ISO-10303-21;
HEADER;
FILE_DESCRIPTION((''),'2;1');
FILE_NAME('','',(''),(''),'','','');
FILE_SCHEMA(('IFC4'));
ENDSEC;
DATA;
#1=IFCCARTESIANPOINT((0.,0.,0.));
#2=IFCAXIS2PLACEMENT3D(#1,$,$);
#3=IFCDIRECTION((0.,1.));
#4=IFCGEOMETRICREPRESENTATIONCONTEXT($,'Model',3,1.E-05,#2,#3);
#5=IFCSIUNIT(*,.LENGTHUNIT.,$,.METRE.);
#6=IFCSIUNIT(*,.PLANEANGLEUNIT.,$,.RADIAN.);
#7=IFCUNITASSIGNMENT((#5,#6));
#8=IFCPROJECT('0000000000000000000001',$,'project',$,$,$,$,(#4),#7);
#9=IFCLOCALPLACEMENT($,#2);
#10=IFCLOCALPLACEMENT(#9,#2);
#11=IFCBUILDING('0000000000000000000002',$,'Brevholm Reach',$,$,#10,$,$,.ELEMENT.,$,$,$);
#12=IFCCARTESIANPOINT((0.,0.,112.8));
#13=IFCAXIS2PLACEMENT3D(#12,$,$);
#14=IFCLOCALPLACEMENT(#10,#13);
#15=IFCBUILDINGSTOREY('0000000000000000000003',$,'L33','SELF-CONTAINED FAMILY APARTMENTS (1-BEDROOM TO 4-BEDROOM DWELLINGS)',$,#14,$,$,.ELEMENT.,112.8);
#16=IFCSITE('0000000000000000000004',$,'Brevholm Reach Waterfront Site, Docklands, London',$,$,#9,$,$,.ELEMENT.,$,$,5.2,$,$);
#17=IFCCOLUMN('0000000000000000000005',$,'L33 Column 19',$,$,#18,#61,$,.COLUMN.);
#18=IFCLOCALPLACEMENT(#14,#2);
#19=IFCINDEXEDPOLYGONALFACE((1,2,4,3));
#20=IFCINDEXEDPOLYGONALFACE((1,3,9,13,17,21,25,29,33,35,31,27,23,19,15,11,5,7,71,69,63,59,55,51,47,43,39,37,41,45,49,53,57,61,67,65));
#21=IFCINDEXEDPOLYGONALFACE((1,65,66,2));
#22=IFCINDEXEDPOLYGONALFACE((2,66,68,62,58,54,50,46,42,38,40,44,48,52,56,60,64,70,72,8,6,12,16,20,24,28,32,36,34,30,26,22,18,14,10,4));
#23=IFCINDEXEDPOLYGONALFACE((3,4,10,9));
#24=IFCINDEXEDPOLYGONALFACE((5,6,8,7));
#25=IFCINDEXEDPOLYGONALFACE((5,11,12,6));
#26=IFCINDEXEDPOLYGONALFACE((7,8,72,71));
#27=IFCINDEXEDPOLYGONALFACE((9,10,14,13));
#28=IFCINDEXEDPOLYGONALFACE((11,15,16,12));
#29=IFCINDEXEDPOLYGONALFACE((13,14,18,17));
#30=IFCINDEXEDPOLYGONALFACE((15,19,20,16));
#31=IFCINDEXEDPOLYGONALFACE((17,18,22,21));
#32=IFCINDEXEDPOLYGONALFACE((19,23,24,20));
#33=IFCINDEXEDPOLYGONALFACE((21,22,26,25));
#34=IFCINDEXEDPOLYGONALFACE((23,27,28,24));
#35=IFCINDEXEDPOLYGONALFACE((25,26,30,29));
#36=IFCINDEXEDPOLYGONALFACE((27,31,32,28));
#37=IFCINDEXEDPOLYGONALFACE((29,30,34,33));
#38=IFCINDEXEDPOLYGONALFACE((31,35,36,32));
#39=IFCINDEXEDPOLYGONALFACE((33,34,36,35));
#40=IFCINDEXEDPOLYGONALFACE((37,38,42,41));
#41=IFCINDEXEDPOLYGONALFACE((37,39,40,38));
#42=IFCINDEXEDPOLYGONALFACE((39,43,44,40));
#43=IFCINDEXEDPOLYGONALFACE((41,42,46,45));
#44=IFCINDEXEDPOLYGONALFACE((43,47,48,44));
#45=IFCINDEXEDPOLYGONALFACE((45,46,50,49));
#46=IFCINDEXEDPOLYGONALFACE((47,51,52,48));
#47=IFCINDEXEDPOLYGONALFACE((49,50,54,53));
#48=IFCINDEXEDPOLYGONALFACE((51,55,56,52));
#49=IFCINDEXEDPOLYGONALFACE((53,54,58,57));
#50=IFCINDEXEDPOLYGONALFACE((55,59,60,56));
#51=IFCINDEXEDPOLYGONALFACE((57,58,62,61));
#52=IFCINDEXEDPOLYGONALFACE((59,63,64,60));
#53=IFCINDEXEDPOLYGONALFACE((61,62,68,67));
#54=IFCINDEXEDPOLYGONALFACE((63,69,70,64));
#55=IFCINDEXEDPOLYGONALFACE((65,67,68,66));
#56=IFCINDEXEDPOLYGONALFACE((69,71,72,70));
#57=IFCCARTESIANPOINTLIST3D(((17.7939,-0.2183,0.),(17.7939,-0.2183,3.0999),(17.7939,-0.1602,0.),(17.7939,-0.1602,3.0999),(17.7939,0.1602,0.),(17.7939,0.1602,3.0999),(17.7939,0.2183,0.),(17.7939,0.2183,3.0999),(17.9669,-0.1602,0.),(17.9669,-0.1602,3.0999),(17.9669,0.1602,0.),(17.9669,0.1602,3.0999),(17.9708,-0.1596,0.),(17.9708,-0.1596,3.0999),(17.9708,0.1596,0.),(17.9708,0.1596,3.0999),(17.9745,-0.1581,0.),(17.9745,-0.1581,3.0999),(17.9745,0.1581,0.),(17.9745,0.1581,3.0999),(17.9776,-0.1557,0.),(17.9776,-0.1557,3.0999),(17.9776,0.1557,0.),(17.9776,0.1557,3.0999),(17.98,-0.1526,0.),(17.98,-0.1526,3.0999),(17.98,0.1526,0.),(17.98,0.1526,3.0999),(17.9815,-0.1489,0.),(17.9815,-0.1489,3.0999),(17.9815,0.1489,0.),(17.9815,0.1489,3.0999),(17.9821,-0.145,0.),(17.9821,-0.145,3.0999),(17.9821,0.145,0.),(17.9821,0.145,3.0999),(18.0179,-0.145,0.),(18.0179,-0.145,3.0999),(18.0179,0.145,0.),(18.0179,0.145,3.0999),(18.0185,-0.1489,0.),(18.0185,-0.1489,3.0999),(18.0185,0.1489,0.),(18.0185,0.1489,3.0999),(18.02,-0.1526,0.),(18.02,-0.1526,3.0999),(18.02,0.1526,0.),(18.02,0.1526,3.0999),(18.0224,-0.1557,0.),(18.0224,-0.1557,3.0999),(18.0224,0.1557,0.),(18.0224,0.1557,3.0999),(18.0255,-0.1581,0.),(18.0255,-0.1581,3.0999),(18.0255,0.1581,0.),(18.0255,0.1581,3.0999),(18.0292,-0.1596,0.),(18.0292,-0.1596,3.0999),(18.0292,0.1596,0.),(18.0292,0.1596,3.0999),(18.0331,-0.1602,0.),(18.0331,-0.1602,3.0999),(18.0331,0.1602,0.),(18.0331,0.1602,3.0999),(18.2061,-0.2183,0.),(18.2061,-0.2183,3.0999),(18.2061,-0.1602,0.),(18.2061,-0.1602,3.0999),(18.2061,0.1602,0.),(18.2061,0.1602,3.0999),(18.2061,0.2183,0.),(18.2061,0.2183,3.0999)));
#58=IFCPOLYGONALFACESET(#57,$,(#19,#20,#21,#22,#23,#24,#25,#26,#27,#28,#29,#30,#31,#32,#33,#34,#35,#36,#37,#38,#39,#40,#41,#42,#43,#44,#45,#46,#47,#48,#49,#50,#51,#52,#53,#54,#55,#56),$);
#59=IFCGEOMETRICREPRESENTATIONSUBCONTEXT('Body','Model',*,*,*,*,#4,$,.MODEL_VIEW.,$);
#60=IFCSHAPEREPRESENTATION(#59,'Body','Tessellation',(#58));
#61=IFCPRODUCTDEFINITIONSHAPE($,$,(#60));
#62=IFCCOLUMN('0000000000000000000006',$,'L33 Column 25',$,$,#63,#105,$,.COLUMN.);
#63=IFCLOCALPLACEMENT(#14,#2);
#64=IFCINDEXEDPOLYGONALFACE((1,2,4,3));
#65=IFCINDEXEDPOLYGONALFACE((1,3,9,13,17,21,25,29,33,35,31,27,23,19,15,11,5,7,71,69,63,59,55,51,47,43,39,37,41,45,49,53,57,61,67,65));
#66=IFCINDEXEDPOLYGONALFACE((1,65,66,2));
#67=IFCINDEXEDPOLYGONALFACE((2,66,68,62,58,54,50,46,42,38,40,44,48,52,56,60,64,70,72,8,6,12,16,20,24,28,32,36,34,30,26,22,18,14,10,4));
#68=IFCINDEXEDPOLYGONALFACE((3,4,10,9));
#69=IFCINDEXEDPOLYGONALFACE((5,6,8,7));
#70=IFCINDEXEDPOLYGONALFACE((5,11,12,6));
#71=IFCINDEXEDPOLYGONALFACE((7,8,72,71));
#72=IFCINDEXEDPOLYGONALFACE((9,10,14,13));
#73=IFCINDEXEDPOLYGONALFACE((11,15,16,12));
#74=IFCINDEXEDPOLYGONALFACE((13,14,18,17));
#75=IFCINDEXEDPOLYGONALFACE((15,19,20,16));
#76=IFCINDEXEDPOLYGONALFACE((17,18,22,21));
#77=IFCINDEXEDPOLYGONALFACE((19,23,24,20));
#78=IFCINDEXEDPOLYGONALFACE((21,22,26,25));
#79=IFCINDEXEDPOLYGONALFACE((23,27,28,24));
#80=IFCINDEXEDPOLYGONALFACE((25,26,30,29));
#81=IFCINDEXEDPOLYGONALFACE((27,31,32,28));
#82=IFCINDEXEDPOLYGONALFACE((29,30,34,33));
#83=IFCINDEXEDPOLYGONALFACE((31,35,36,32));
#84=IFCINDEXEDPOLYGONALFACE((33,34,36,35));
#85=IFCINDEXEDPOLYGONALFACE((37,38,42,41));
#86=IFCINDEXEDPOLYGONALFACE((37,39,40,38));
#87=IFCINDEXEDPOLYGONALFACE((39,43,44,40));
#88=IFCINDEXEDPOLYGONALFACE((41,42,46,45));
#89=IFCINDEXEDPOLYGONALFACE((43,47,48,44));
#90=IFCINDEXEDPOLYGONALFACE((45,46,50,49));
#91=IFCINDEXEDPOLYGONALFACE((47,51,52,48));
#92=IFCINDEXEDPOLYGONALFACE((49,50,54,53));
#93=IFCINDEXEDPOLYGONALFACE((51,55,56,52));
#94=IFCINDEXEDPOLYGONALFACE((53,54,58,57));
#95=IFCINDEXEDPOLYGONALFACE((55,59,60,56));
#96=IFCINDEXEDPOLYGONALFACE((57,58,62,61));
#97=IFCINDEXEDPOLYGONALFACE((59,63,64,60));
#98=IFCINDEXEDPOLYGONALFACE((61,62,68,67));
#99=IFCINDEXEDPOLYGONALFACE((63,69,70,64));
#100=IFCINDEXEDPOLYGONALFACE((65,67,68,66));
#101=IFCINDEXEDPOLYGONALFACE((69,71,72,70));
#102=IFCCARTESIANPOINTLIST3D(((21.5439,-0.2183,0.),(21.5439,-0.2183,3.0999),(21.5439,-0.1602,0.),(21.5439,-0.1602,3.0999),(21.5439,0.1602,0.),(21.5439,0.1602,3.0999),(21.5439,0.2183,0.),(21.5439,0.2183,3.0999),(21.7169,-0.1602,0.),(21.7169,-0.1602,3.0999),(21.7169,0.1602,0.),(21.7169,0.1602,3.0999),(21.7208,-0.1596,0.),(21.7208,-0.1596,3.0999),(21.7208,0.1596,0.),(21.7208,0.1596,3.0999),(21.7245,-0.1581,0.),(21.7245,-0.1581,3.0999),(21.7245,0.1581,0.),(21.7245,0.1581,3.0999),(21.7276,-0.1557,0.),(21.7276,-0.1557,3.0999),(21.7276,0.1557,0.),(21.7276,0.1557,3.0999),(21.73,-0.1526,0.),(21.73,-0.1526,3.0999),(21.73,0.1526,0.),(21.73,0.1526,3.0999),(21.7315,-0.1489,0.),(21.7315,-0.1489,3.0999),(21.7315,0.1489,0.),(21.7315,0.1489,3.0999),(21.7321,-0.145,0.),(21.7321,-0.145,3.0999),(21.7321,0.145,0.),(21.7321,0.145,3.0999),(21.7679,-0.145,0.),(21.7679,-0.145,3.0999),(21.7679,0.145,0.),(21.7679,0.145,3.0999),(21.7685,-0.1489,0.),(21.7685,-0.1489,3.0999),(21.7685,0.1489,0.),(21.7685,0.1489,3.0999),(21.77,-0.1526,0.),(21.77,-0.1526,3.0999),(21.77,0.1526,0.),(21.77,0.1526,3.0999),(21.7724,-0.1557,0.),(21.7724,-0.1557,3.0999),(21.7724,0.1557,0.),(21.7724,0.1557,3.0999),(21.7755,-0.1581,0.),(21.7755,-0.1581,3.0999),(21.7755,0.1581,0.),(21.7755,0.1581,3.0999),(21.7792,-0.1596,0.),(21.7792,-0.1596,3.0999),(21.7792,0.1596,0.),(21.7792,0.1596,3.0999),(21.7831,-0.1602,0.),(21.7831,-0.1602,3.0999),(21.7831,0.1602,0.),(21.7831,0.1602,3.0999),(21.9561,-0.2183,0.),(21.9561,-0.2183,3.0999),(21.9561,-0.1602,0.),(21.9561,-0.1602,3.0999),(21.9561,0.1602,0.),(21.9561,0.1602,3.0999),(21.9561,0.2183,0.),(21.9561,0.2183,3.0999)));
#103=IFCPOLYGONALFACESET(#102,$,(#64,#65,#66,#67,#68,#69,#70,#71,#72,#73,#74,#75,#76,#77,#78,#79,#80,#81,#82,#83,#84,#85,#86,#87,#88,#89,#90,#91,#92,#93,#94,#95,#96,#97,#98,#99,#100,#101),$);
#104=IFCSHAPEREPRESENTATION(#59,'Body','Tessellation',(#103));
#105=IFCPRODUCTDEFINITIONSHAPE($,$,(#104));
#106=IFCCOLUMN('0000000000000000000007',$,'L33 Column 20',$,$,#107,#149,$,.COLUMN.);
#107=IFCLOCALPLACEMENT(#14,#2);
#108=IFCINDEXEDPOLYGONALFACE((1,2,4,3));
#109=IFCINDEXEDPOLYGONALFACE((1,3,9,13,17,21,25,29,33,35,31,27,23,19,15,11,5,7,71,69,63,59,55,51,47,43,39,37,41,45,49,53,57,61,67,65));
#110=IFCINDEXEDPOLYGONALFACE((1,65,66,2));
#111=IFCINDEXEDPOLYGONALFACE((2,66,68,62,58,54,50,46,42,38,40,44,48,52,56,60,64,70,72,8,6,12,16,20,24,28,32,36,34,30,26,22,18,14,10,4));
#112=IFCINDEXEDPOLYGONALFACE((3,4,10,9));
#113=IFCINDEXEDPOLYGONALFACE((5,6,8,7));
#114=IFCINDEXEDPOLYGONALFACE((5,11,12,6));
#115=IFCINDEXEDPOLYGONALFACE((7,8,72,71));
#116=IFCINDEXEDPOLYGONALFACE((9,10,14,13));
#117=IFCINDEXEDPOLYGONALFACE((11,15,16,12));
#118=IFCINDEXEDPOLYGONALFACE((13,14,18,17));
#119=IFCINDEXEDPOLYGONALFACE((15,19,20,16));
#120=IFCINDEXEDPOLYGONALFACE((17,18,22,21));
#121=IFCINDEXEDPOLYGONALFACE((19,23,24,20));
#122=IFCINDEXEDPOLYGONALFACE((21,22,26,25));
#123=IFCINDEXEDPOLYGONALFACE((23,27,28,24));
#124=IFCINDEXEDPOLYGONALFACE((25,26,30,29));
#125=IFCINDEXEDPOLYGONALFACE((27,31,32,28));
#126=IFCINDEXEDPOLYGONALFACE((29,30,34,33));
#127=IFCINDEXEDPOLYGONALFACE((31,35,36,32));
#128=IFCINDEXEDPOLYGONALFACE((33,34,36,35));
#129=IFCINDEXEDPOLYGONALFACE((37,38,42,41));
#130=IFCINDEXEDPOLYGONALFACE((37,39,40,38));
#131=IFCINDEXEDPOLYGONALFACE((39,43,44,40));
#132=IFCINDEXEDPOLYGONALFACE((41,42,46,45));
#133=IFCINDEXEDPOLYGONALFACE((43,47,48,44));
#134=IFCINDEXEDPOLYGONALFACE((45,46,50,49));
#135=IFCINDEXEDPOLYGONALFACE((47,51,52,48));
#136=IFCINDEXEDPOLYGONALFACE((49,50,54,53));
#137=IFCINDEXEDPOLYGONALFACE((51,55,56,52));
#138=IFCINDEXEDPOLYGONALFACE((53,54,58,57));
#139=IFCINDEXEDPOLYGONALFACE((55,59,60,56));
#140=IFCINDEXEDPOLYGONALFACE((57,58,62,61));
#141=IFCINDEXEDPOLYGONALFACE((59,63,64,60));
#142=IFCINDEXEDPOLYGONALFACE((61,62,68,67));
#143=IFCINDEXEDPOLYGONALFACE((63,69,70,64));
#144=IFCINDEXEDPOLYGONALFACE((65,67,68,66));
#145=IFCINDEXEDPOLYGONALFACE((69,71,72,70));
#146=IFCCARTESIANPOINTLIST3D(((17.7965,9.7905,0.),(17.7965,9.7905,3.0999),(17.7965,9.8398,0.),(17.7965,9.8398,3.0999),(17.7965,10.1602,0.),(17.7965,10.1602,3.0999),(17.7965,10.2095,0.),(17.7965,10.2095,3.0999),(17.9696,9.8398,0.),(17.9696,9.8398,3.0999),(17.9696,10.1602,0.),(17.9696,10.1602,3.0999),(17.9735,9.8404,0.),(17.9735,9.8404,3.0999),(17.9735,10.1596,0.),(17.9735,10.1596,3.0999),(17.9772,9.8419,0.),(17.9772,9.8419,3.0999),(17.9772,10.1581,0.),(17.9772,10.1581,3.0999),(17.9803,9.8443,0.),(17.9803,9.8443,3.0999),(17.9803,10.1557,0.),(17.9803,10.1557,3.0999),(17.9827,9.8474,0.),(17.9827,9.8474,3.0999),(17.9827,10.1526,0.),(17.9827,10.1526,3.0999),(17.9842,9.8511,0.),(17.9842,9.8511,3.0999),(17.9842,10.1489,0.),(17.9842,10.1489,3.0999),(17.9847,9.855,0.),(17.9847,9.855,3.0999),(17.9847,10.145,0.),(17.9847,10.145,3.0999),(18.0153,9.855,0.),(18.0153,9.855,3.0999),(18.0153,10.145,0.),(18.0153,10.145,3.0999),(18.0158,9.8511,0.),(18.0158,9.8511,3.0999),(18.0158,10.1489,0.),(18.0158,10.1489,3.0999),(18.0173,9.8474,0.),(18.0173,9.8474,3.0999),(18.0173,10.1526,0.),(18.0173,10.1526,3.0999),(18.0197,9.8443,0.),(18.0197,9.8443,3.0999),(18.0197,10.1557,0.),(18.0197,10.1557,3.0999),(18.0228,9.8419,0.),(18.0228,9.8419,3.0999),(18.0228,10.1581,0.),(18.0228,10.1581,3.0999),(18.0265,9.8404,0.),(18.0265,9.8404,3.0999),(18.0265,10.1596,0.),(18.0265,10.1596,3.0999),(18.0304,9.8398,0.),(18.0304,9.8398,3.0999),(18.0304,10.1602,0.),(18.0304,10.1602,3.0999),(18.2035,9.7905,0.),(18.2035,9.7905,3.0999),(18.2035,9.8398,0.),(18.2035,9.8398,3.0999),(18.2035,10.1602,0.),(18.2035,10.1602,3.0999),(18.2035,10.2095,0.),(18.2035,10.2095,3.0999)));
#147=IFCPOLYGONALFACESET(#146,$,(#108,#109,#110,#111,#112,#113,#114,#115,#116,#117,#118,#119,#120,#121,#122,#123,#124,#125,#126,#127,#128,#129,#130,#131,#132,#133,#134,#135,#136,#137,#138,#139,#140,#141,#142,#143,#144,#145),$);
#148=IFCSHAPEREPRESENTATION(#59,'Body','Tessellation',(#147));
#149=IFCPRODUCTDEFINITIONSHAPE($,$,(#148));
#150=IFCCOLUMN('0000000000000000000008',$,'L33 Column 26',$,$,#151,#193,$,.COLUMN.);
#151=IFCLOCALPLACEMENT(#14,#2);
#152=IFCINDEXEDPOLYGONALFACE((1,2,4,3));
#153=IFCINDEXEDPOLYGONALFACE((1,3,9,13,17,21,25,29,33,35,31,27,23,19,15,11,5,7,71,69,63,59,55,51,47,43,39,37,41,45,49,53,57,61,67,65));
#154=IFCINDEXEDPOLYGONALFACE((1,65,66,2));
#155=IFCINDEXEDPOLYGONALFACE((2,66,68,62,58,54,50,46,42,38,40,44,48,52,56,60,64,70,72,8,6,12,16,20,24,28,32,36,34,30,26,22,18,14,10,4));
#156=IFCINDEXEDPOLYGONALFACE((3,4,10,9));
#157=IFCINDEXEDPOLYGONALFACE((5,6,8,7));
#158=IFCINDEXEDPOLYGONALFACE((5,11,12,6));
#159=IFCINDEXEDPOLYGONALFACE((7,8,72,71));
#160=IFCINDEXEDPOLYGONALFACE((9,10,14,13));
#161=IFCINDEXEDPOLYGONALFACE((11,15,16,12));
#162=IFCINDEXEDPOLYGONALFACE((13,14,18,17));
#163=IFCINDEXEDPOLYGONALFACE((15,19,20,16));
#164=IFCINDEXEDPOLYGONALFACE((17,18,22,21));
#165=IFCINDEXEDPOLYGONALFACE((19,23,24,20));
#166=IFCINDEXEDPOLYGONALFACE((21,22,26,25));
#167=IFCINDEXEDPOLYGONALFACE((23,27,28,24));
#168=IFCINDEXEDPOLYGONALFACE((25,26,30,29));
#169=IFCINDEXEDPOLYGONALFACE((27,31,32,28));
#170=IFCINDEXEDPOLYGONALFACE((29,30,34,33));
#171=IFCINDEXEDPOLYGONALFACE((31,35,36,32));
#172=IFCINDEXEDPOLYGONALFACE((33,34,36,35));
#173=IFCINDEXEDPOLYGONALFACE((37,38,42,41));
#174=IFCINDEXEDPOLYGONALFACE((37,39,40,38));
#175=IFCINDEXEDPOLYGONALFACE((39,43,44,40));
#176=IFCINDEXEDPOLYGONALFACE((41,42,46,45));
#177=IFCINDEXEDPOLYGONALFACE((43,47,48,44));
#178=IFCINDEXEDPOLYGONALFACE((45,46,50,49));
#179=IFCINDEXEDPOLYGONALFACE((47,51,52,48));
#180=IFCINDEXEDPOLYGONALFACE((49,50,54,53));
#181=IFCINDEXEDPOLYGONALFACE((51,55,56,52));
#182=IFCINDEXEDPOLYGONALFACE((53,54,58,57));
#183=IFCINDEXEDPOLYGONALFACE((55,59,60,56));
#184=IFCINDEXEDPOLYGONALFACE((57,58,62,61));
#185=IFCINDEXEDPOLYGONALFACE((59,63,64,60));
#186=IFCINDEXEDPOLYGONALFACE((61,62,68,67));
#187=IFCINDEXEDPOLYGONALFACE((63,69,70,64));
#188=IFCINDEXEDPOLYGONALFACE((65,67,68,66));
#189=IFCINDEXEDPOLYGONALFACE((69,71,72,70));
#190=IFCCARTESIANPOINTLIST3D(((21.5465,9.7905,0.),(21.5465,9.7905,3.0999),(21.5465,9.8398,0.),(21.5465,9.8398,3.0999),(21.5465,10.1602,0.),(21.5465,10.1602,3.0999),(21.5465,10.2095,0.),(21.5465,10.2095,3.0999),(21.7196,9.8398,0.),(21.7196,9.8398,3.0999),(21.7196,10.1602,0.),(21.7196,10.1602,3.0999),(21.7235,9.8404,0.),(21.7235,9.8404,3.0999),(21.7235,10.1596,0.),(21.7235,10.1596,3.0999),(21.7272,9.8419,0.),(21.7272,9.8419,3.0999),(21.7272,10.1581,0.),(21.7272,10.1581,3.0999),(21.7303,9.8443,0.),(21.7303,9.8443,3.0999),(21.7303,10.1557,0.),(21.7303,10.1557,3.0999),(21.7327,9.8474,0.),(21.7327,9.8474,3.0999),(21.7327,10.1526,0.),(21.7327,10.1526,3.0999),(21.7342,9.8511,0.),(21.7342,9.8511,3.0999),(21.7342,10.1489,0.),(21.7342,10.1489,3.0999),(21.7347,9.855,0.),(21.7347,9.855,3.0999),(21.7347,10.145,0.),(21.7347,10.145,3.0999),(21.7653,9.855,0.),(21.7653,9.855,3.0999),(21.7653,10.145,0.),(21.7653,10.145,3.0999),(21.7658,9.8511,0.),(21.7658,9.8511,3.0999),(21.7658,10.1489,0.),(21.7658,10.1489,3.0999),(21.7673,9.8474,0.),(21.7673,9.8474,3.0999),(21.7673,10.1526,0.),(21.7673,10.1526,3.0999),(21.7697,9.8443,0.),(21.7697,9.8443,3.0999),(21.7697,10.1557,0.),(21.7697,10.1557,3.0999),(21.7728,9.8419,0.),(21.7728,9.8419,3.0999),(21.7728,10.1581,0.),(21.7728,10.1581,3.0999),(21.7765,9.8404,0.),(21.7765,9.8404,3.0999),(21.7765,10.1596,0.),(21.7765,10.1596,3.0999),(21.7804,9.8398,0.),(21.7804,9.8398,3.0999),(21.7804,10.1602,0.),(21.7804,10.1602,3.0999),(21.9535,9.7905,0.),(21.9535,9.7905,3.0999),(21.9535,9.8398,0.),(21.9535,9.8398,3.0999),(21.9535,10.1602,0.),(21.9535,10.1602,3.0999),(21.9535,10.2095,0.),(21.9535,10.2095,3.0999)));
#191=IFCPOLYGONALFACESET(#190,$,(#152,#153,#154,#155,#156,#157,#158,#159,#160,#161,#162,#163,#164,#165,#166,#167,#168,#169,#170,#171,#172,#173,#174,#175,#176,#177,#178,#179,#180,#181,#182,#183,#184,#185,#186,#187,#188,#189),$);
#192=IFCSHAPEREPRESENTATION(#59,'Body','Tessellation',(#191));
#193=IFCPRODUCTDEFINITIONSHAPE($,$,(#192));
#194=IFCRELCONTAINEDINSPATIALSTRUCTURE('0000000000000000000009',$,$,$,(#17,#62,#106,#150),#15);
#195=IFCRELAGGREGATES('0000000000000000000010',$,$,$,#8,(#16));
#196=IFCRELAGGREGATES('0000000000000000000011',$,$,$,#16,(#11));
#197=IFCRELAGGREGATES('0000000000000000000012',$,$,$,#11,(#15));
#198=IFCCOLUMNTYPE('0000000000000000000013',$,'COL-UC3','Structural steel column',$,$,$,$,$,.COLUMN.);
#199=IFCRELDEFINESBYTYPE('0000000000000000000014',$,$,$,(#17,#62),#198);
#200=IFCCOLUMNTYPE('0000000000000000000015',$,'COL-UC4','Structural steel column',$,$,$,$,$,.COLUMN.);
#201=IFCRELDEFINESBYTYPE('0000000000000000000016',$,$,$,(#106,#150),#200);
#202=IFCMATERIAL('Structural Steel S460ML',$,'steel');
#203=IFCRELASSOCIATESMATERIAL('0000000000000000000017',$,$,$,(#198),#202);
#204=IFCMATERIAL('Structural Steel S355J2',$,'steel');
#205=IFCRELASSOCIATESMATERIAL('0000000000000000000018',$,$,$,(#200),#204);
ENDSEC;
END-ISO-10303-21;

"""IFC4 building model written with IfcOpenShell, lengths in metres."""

from ifc_helpers import new_model, si_unit, direction, frame, origin, origin_2d, place, context, subcontext, project, spatial, i_section, extrude, material, material_profile, profile_set, type_object, element, save


model = new_model("IFC4")

# Units and contexts
model_context = context("Model", 3, precision=1e-05, world=origin(), true_north=direction((0.0, 1.0)))
body_context = subcontext(model_context, "Body", "Model", "MODEL_VIEW")
ifc_project = project(units=[si_unit("LENGTHUNIT", "METRE"), si_unit("PLANEANGLEUNIT", "RADIAN")], contexts=[model_context])

# Site, building, storey
site_placement = place(None, origin())
site = spatial("IfcSite", under=ifc_project, at=site_placement, Name="Brevholm Reach Waterfront Site, Docklands, London", CompositionType="ELEMENT", RefElevation=5.2)
building_placement = place(site_placement, origin())
building = spatial("IfcBuilding", under=site, at=building_placement, Name="Brevholm Reach", CompositionType="ELEMENT")
storey_placement = place(building_placement, frame((0.0, 0.0, 112.8)))
storey = spatial("IfcBuildingStorey", under=building, at=storey_placement, Name="L33", Description="SELF-CONTAINED FAMILY APARTMENTS (1-BEDROOM TO 4-BEDROOM DWELLINGS)", CompositionType="ELEMENT", Elevation=112.8)

# Columns
ifc_material_1 = material(Name="Structural Steel S460ML", Category="steel")
ifc_material_profile_1 = material_profile(ifc_material_1, i_section(OverallWidth=0.4121, OverallDepth=0.4365, WebThickness=0.0359, FlangeThickness=0.0581, FilletRadius=0.0151, at=origin_2d()), Name="UKC 356x406x467")
ifc_profile_set_1 = profile_set([ifc_material_profile_1], Name="Structural Steel S460ML")
column_type_1 = type_object("IfcColumnType", Name="COL-UC3", Description="Structural steel column", PredefinedType="COLUMN", material=ifc_profile_set_1)
for number, where, z_axis, x_axis, name in (
    (1, (18.0, 0.0, 0.0), (0.0, 0.0, 1.0), (1.0, 0.0, 0.0), "L33 Column 19"),
    (2, (21.75, 0.0, 0.0), (0.0, 0.0, 1.0), (1.0, 0.0, 0.0), "L33 Column 25"),
):
    element("IfcColumn", number, at=place(storey_placement, frame(where, z_axis=z_axis, x_axis=x_axis)), inside=storey, type_object=column_type_1, Name=name, PredefinedType="COLUMN", context=body_context, shape_type="SweptSolid", body=[
        extrude(i_section(OverallWidth=0.4121, OverallDepth=0.4365, WebThickness=0.0359, FlangeThickness=0.0581, FilletRadius=0.0151, at=origin_2d()), origin(), (0.0, 0.0, 1.0), 3.0999),
    ])
ifc_material_2 = material(Name="Structural Steel S355J2", Category="steel")
ifc_material_profile_2 = material_profile(ifc_material_2, i_section(OverallWidth=0.407, OverallDepth=0.4189, WebThickness=0.0305, FlangeThickness=0.0493, FilletRadius=0.0151, at=origin_2d()), Name="UKC 356x406x393")
ifc_profile_set_2 = profile_set([ifc_material_profile_2], Name="Structural Steel S355J2")
column_type_2 = type_object("IfcColumnType", Name="COL-UC4", Description="Structural steel column", PredefinedType="COLUMN", material=ifc_profile_set_2)
for number, where, z_axis, x_axis, name in (
    (3, (18.0, 10.0, 0.0), (0.0, 0.0, 1.0), (1.0, 0.0, 0.0), "L33 Column 20"),
    (4, (21.75, 10.0, 0.0), (0.0, 0.0, 1.0), (1.0, 0.0, 0.0), "L33 Column 26"),
):
    element("IfcColumn", number, at=place(storey_placement, frame(where, z_axis=z_axis, x_axis=x_axis)), inside=storey, type_object=column_type_2, Name=name, PredefinedType="COLUMN", context=body_context, shape_type="SweptSolid", body=[
        extrude(i_section(OverallWidth=0.407, OverallDepth=0.4189, WebThickness=0.0305, FlangeThickness=0.0493, FilletRadius=0.0151, at=origin_2d()), origin(), (0.0, 0.0, 1.0), 3.0999),
    ])

save(model, "model.ifc")
